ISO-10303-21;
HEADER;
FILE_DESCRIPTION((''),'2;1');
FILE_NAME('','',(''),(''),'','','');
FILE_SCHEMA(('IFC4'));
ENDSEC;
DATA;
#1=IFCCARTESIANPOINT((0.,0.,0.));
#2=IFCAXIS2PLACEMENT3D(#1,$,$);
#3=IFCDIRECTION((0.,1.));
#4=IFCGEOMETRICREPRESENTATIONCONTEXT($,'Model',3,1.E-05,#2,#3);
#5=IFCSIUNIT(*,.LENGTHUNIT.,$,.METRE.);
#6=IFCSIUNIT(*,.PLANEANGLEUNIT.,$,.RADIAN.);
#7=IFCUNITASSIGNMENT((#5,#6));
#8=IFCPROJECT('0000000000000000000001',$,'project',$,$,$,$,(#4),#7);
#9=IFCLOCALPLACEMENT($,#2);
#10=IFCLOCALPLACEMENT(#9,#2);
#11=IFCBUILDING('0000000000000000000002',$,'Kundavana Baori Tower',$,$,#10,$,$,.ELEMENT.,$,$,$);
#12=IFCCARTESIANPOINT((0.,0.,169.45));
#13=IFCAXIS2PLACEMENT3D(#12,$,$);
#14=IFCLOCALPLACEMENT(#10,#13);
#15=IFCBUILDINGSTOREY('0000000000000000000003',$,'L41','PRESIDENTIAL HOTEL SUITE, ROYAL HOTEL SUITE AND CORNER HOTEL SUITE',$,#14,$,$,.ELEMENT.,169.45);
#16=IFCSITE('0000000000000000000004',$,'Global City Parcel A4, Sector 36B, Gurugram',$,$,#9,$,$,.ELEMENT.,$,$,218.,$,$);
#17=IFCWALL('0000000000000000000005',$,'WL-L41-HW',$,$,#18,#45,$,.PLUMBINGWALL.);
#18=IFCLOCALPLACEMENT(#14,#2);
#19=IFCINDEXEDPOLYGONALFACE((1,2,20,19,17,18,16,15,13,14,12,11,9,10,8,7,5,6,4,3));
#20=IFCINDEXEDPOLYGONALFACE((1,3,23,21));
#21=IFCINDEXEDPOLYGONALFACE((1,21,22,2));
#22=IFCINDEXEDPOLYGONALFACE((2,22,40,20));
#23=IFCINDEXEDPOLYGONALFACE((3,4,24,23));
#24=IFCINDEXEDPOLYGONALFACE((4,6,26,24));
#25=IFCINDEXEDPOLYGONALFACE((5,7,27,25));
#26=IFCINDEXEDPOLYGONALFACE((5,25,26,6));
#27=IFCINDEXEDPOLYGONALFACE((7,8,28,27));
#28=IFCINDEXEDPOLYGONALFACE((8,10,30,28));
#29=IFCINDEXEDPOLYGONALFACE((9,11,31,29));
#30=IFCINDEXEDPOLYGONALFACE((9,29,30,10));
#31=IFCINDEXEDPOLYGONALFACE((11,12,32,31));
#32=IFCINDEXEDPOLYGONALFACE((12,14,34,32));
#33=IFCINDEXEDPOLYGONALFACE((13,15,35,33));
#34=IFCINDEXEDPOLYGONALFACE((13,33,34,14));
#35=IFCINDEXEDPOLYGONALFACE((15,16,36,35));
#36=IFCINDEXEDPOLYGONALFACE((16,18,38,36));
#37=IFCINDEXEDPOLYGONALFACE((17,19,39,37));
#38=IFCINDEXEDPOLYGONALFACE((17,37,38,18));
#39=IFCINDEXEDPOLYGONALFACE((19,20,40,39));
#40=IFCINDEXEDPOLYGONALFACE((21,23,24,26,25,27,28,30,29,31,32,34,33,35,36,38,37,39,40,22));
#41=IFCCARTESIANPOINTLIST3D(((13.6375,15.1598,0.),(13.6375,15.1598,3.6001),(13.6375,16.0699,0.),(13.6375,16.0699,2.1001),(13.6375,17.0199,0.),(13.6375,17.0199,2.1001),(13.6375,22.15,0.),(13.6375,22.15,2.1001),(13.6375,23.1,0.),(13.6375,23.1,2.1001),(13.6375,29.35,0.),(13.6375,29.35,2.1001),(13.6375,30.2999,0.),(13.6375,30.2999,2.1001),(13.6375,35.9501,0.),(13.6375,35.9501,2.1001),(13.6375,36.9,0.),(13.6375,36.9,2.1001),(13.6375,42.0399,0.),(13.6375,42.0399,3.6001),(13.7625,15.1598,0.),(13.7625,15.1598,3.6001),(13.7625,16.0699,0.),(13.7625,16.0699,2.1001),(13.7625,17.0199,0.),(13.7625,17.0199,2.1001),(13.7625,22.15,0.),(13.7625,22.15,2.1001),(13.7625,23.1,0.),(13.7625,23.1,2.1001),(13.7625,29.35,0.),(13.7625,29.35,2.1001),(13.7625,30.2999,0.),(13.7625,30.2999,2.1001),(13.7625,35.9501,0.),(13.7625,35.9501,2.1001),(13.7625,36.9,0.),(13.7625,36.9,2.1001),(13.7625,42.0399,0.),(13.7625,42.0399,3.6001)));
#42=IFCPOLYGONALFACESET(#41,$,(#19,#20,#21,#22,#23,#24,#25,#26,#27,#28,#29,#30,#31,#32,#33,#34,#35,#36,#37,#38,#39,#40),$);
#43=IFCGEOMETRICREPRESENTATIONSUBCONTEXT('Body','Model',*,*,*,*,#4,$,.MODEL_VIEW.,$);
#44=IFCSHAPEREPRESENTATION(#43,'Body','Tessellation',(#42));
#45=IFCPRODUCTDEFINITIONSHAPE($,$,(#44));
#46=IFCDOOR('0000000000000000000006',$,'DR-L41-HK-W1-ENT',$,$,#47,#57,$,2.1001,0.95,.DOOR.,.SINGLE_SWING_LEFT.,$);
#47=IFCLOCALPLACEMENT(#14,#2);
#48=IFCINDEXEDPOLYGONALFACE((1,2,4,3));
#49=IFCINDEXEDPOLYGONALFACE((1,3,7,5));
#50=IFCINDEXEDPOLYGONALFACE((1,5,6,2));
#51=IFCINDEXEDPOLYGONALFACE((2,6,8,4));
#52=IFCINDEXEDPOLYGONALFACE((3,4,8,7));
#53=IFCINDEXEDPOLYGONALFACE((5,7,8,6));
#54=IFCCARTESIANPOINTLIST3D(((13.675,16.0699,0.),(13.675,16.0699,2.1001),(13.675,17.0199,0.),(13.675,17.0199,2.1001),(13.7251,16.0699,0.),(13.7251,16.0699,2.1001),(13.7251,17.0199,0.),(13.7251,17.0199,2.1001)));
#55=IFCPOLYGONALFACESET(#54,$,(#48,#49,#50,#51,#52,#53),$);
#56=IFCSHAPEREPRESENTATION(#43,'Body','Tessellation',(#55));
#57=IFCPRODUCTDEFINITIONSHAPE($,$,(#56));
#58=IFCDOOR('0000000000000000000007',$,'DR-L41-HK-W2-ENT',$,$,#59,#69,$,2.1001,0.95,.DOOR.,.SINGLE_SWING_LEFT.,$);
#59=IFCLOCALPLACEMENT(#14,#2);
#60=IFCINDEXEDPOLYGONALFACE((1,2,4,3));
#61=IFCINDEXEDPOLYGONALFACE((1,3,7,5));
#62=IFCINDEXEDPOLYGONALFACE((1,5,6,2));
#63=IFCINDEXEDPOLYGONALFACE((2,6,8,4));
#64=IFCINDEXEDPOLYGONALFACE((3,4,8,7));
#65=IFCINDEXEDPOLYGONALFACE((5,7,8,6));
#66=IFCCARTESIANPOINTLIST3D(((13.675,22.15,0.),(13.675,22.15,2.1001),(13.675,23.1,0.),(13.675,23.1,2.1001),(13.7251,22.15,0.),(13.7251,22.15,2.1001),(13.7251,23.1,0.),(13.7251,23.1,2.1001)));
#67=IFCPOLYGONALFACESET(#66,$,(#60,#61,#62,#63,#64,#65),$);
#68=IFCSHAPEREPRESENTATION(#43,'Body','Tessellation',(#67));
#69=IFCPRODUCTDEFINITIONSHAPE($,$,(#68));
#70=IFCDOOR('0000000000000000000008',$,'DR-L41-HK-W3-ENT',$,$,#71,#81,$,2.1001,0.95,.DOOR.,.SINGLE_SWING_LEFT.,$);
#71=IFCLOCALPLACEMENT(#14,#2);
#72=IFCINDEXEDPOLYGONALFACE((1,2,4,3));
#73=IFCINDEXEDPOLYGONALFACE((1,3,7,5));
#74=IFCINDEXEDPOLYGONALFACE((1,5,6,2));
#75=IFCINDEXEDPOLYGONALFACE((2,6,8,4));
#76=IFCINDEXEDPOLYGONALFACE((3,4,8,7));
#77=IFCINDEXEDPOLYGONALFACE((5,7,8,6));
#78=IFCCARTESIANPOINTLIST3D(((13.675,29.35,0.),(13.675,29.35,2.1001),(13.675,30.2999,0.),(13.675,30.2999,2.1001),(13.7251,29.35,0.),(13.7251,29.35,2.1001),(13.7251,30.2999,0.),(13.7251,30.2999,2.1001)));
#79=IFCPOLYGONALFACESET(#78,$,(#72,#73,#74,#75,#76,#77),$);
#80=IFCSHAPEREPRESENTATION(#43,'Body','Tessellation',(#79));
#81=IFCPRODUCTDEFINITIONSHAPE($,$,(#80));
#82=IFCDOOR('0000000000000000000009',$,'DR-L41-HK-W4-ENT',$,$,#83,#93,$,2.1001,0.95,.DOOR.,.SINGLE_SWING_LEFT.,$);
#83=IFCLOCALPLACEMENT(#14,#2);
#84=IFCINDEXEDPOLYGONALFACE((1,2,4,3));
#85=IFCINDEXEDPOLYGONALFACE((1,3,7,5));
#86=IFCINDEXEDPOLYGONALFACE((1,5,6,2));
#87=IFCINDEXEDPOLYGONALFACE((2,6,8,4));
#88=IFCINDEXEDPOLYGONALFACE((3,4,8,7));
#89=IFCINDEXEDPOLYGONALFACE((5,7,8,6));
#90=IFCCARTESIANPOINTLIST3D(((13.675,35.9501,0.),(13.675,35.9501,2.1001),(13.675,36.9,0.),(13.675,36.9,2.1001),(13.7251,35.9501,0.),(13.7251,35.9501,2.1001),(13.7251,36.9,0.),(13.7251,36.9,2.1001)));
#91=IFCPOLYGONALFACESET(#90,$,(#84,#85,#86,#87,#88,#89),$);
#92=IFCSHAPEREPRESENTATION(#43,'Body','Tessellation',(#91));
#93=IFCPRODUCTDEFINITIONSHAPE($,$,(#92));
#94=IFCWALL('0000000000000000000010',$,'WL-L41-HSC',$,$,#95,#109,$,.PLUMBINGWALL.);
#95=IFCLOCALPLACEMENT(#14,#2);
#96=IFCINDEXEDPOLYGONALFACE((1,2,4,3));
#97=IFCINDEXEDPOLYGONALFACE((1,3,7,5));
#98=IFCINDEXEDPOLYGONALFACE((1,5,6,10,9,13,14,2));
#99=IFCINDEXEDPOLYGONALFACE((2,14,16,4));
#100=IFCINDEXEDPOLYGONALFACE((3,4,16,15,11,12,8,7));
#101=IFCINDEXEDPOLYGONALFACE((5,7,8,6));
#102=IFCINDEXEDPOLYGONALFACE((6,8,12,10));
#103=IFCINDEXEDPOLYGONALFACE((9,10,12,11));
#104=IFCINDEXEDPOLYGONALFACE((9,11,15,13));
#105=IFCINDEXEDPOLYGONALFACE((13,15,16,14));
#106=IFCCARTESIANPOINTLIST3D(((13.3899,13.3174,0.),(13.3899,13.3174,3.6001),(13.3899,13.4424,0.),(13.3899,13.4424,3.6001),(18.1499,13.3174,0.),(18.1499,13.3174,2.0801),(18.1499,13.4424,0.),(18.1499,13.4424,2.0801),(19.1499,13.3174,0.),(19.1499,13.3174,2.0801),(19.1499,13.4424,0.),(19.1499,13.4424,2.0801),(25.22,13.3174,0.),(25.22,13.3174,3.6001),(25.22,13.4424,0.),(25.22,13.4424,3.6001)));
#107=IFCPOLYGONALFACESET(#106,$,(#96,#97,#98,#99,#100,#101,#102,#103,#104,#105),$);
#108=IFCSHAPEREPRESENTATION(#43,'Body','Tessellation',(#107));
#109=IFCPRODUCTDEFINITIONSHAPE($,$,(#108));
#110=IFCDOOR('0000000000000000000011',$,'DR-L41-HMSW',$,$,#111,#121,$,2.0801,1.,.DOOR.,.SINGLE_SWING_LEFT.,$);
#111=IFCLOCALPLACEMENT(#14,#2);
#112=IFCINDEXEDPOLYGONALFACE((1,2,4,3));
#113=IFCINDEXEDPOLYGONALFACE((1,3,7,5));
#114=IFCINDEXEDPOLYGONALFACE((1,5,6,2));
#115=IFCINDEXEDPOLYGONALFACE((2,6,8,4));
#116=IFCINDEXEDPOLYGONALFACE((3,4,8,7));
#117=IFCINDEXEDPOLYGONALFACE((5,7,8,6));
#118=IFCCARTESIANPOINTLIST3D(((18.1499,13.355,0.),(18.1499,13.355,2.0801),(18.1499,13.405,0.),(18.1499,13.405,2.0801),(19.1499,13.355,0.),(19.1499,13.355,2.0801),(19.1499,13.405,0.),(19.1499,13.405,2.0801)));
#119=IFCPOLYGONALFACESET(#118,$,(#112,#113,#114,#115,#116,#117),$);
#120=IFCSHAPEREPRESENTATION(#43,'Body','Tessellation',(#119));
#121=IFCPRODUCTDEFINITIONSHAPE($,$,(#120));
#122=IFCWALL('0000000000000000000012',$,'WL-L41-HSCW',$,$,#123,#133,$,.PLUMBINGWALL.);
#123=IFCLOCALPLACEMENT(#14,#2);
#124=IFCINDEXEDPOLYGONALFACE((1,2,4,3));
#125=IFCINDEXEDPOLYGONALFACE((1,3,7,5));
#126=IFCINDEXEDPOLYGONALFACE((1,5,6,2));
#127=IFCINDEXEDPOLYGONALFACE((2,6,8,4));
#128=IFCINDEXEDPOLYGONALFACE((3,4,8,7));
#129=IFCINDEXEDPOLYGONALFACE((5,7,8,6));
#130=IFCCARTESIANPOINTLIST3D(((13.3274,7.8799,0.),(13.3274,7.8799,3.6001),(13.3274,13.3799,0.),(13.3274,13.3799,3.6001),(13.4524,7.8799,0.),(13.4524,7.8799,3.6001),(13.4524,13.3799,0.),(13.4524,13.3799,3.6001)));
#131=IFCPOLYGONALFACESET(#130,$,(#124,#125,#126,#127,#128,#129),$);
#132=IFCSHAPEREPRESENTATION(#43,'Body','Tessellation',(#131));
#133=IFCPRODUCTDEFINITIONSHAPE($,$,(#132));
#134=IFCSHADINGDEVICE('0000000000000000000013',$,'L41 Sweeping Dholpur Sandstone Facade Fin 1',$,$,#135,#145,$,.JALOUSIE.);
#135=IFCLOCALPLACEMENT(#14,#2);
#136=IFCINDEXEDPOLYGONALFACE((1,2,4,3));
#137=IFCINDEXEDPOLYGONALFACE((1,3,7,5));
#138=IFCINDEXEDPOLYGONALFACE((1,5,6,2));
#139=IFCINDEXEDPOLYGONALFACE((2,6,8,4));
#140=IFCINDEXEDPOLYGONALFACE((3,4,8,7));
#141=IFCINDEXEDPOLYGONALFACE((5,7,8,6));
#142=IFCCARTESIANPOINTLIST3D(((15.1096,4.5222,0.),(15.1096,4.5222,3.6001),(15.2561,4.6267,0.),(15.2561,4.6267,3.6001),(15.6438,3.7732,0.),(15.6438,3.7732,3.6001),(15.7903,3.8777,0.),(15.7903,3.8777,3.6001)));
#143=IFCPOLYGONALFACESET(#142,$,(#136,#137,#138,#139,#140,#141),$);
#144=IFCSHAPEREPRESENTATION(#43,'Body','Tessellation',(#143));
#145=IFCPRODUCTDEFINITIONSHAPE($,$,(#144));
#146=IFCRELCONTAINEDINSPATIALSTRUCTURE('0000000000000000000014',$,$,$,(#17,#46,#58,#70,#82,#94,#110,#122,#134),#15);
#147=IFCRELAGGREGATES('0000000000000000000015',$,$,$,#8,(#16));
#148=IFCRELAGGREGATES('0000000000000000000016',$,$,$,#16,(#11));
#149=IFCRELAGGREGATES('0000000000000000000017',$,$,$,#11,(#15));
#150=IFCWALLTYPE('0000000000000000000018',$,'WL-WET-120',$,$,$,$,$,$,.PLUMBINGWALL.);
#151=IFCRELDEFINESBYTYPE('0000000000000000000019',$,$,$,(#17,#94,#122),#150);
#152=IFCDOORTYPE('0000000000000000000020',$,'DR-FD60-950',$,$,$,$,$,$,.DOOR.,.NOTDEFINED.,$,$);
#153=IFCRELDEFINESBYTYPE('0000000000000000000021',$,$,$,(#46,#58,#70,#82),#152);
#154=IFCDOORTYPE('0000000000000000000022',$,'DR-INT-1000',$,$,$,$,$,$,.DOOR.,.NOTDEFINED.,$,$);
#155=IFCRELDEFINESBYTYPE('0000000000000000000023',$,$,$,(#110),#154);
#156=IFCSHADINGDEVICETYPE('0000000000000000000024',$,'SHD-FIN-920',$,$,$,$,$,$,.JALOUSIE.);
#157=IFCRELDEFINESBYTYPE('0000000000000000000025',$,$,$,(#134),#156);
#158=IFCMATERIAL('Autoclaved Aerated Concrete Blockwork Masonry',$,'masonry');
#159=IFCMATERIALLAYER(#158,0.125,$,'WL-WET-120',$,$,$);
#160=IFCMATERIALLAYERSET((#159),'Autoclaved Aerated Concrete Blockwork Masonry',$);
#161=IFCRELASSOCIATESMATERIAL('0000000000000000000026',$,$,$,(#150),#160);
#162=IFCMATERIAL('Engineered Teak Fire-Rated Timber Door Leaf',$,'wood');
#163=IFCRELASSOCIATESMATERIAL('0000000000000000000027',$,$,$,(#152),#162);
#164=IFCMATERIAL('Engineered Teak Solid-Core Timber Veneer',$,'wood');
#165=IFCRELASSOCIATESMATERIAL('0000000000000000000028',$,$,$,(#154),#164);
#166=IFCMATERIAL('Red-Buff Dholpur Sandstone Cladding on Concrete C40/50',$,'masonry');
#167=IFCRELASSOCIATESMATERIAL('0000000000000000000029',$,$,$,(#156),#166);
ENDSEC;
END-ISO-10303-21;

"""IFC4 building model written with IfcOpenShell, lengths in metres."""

from ifc_helpers import new_model, si_unit, direction, frame, frame_2d, origin, origin_2d, place, context, subcontext, project, spatial, rectangle, extrude, material, layer, layer_set, type_object, element, fill, save


model = new_model("IFC4")

# Units and contexts
model_context = context("Model", 3, precision=1e-05, world=origin(), true_north=direction((0.0, 1.0)))
body_context = subcontext(model_context, "Body", "Model", "MODEL_VIEW")
ifc_project = project(units=[si_unit("LENGTHUNIT", "METRE"), si_unit("PLANEANGLEUNIT", "RADIAN")], contexts=[model_context])

# Site, building, storey
site_placement = place(None, origin())
site = spatial("IfcSite", under=ifc_project, at=site_placement, Name="Global City Parcel A4, Sector 36B, Gurugram", CompositionType="ELEMENT", RefElevation=218.0)
building_placement = place(site_placement, origin())
building = spatial("IfcBuilding", under=site, at=building_placement, Name="Kundavana Baori Tower", CompositionType="ELEMENT")
storey_placement = place(building_placement, frame((0.0, 0.0, 169.45)))
storey = spatial("IfcBuildingStorey", under=building, at=storey_placement, Name="L41", Description="PRESIDENTIAL HOTEL SUITE, ROYAL HOTEL SUITE AND CORNER HOTEL SUITE", CompositionType="ELEMENT", Elevation=169.45)

# Wall, openings, doors
ifc_material_1 = material(Name="Autoclaved Aerated Concrete Blockwork Masonry", Category="masonry")
ifc_layer_1 = layer(ifc_material_1, 0.125, Name="WL-WET-120")
ifc_layer_set_1 = layer_set([ifc_layer_1], Name="Autoclaved Aerated Concrete Blockwork Masonry")
wall_type_1 = type_object("IfcWallType", Name="WL-WET-120", PredefinedType="PLUMBINGWALL", material=ifc_layer_set_1)
wall_1_placement = place(storey_placement, frame((13.7, 15.1599, 0.0), z_axis=(0.0, 0.0, 1.0), x_axis=(0.0, 1.0, 0.0)))
wall_1 = element("IfcWall", 1, at=wall_1_placement, inside=storey, type_object=wall_type_1, Name="WL-L41-HW", PredefinedType="PLUMBINGWALL", context=body_context, shape_type="SweptSolid", body=[
    extrude(rectangle(XDim=26.8801, YDim=0.125, at=frame_2d((13.4399, 0.0))), origin(), (0.0, 0.0, 1.0), 3.6001),
])
opening_1_placement = place(wall_1_placement, frame((0.9099, 0.0, 0.0)))
opening_1 = element("IfcOpeningElement", 2, at=opening_1_placement, cuts=wall_1, PredefinedType="OPENING", context=body_context, shape_type="SweptSolid", body=[
    extrude(rectangle(XDim=0.95, YDim=2.1001, at=frame_2d((0.4751, 1.05))), frame((0.0, 0.0725, 0.0), z_axis=(0.0, -1.0, 0.0), x_axis=(1.0, 0.0, 0.0)), (0.0, 0.0, 1.0), 0.145),
])
opening_2_placement = place(wall_1_placement, frame((6.99, 0.0, 0.0)))
opening_2 = element("IfcOpeningElement", 3, at=opening_2_placement, cuts=wall_1, PredefinedType="OPENING", context=body_context, shape_type="SweptSolid", body=[
    extrude(rectangle(XDim=0.95, YDim=2.1001, at=frame_2d((0.4751, 1.05))), frame((0.0, 0.0725, 0.0), z_axis=(0.0, -1.0, 0.0), x_axis=(1.0, 0.0, 0.0)), (0.0, 0.0, 1.0), 0.145),
])
opening_3_placement = place(wall_1_placement, frame((14.1899, 0.0, 0.0)))
opening_3 = element("IfcOpeningElement", 4, at=opening_3_placement, cuts=wall_1, PredefinedType="OPENING", context=body_context, shape_type="SweptSolid", body=[
    extrude(rectangle(XDim=0.95, YDim=2.1001, at=frame_2d((0.4751, 1.05))), frame((0.0, 0.0725, 0.0), z_axis=(0.0, -1.0, 0.0), x_axis=(1.0, 0.0, 0.0)), (0.0, 0.0, 1.0), 0.145),
])
opening_4_placement = place(wall_1_placement, frame((20.79, 0.0, 0.0)))
opening_4 = element("IfcOpeningElement", 5, at=opening_4_placement, cuts=wall_1, PredefinedType="OPENING", context=body_context, shape_type="SweptSolid", body=[
    extrude(rectangle(XDim=0.95, YDim=2.1001, at=frame_2d((0.4751, 1.05))), frame((0.0, 0.0725, 0.0), z_axis=(0.0, -1.0, 0.0), x_axis=(1.0, 0.0, 0.0)), (0.0, 0.0, 1.0), 0.145),
])
ifc_material_2 = material(Name="Engineered Teak Fire-Rated Timber Door Leaf", Category="wood")
door_type_1 = type_object("IfcDoorType", Name="DR-FD60-950", OperationType="NOTDEFINED", PredefinedType="DOOR", material=ifc_material_2)
door_1_placement = place(opening_1_placement, origin())
door_1 = element("IfcDoor", 6, at=door_1_placement, inside=storey, type_object=door_type_1, Name="DR-L41-HK-W1-ENT", OperationType="SINGLE_SWING_LEFT", OverallHeight=2.1001, OverallWidth=0.95, PredefinedType="DOOR", context=body_context, shape_type="SweptSolid", body=[
    extrude(rectangle(XDim=0.95, YDim=2.1001, at=frame_2d((0.4751, 1.05))), frame((0.0, 0.0249, 0.0), z_axis=(0.0, -1.0, 0.0), x_axis=(1.0, 0.0, 0.0)), (0.0, 0.0, 1.0), 0.05),
])
fill(opening_1, door_1)
door_2_placement = place(opening_2_placement, origin())
door_2 = element("IfcDoor", 7, at=door_2_placement, inside=storey, type_object=door_type_1, Name="DR-L41-HK-W2-ENT", OperationType="SINGLE_SWING_LEFT", OverallHeight=2.1001, OverallWidth=0.95, PredefinedType="DOOR", context=body_context, shape_type="SweptSolid", body=[
    extrude(rectangle(XDim=0.95, YDim=2.1001, at=frame_2d((0.4751, 1.05))), frame((0.0, 0.0249, 0.0), z_axis=(0.0, -1.0, 0.0), x_axis=(1.0, 0.0, 0.0)), (0.0, 0.0, 1.0), 0.05),
])
fill(opening_2, door_2)
door_3_placement = place(opening_3_placement, origin())
door_3 = element("IfcDoor", 8, at=door_3_placement, inside=storey, type_object=door_type_1, Name="DR-L41-HK-W3-ENT", OperationType="SINGLE_SWING_LEFT", OverallHeight=2.1001, OverallWidth=0.95, PredefinedType="DOOR", context=body_context, shape_type="SweptSolid", body=[
    extrude(rectangle(XDim=0.95, YDim=2.1001, at=frame_2d((0.4751, 1.05))), frame((0.0, 0.0249, 0.0), z_axis=(0.0, -1.0, 0.0), x_axis=(1.0, 0.0, 0.0)), (0.0, 0.0, 1.0), 0.05),
])
fill(opening_3, door_3)
door_4_placement = place(opening_4_placement, origin())
door_4 = element("IfcDoor", 9, at=door_4_placement, inside=storey, type_object=door_type_1, Name="DR-L41-HK-W4-ENT", OperationType="SINGLE_SWING_LEFT", OverallHeight=2.1001, OverallWidth=0.95, PredefinedType="DOOR", context=body_context, shape_type="SweptSolid", body=[
    extrude(rectangle(XDim=0.95, YDim=2.1001, at=frame_2d((0.4751, 1.05))), frame((0.0, 0.0249, 0.0), z_axis=(0.0, -1.0, 0.0), x_axis=(1.0, 0.0, 0.0)), (0.0, 0.0, 1.0), 0.05),
])
fill(opening_4, door_4)

# Wall, opening, door
wall_2_placement = place(storey_placement, frame((13.3899, 13.3799, 0.0), z_axis=(0.0, 0.0, 1.0), x_axis=(1.0, 0.0, 0.0)))
wall_2 = element("IfcWall", 10, at=wall_2_placement, inside=storey, type_object=wall_type_1, Name="WL-L41-HSC", PredefinedType="PLUMBINGWALL", context=body_context, shape_type="SweptSolid", body=[
    extrude(rectangle(XDim=11.8301, YDim=0.125, at=frame_2d((5.915, 0.0))), origin(), (0.0, 0.0, 1.0), 3.6001),
])
opening_5_placement = place(wall_2_placement, frame((4.76, 0.0, 0.0)))
opening_5 = element("IfcOpeningElement", 11, at=opening_5_placement, cuts=wall_2, PredefinedType="OPENING", context=body_context, shape_type="SweptSolid", body=[
    extrude(rectangle(XDim=1.0, YDim=2.0801, at=frame_2d((0.5, 1.04))), frame((0.0, 0.0725, 0.0), z_axis=(0.0, -1.0, 0.0), x_axis=(1.0, 0.0, 0.0)), (0.0, 0.0, 1.0), 0.145),
])
ifc_material_3 = material(Name="Engineered Teak Solid-Core Timber Veneer", Category="wood")
door_type_2 = type_object("IfcDoorType", Name="DR-INT-1000", OperationType="NOTDEFINED", PredefinedType="DOOR", material=ifc_material_3)
door_5_placement = place(opening_5_placement, frame((1.0, 0.0, 0.0), z_axis=(0.0, 0.0, 1.0), x_axis=(-1.0, 0.0, 0.0)))
door_5 = element("IfcDoor", 12, at=door_5_placement, inside=storey, type_object=door_type_2, Name="DR-L41-HMSW", OperationType="SINGLE_SWING_LEFT", OverallHeight=2.0801, OverallWidth=1.0, PredefinedType="DOOR", context=body_context, shape_type="SweptSolid", body=[
    extrude(rectangle(XDim=1.0, YDim=2.0801, at=frame_2d((0.5, 1.04))), frame((0.0, 0.0249, 0.0), z_axis=(0.0, -1.0, 0.0), x_axis=(1.0, 0.0, 0.0)), (0.0, 0.0, 1.0), 0.05),
])
fill(opening_5, door_5)

# Wall
wall_3_placement = place(storey_placement, frame((13.3899, 7.8799, 0.0), z_axis=(0.0, 0.0, 1.0), x_axis=(0.0, 1.0, 0.0)))
element("IfcWall", 13, at=wall_3_placement, inside=storey, type_object=wall_type_1, Name="WL-L41-HSCW", PredefinedType="PLUMBINGWALL", context=body_context, shape_type="SweptSolid", body=[
    extrude(rectangle(XDim=5.5, YDim=0.125, at=frame_2d((2.75, 0.0))), origin(), (0.0, 0.0, 1.0), 3.6001),
])

# Shading device
ifc_material_4 = material(Name="Red-Buff Dholpur Sandstone Cladding on Concrete C40/50", Category="masonry")
shading_device_type = type_object("IfcShadingDeviceType", Name="SHD-FIN-920", PredefinedType="JALOUSIE", material=ifc_material_4)
shading_device_placement = place(storey_placement, frame((15.45, 4.2, 0.0), z_axis=(0.0, 0.0, 1.0), x_axis=(0.814116, 0.580703, 0.0)))
element("IfcShadingDevice", 14, at=shading_device_placement, inside=storey, type_object=shading_device_type, Name="L41 Sweeping Dholpur Sandstone Facade Fin 1", PredefinedType="JALOUSIE", context=body_context, shape_type="SweptSolid", body=[
    extrude(rectangle(XDim=0.1799, YDim=0.9199, at=origin_2d()), origin(), (0.0, 0.0, 1.0), 3.6001),
])

save(model, "model.ifc")
